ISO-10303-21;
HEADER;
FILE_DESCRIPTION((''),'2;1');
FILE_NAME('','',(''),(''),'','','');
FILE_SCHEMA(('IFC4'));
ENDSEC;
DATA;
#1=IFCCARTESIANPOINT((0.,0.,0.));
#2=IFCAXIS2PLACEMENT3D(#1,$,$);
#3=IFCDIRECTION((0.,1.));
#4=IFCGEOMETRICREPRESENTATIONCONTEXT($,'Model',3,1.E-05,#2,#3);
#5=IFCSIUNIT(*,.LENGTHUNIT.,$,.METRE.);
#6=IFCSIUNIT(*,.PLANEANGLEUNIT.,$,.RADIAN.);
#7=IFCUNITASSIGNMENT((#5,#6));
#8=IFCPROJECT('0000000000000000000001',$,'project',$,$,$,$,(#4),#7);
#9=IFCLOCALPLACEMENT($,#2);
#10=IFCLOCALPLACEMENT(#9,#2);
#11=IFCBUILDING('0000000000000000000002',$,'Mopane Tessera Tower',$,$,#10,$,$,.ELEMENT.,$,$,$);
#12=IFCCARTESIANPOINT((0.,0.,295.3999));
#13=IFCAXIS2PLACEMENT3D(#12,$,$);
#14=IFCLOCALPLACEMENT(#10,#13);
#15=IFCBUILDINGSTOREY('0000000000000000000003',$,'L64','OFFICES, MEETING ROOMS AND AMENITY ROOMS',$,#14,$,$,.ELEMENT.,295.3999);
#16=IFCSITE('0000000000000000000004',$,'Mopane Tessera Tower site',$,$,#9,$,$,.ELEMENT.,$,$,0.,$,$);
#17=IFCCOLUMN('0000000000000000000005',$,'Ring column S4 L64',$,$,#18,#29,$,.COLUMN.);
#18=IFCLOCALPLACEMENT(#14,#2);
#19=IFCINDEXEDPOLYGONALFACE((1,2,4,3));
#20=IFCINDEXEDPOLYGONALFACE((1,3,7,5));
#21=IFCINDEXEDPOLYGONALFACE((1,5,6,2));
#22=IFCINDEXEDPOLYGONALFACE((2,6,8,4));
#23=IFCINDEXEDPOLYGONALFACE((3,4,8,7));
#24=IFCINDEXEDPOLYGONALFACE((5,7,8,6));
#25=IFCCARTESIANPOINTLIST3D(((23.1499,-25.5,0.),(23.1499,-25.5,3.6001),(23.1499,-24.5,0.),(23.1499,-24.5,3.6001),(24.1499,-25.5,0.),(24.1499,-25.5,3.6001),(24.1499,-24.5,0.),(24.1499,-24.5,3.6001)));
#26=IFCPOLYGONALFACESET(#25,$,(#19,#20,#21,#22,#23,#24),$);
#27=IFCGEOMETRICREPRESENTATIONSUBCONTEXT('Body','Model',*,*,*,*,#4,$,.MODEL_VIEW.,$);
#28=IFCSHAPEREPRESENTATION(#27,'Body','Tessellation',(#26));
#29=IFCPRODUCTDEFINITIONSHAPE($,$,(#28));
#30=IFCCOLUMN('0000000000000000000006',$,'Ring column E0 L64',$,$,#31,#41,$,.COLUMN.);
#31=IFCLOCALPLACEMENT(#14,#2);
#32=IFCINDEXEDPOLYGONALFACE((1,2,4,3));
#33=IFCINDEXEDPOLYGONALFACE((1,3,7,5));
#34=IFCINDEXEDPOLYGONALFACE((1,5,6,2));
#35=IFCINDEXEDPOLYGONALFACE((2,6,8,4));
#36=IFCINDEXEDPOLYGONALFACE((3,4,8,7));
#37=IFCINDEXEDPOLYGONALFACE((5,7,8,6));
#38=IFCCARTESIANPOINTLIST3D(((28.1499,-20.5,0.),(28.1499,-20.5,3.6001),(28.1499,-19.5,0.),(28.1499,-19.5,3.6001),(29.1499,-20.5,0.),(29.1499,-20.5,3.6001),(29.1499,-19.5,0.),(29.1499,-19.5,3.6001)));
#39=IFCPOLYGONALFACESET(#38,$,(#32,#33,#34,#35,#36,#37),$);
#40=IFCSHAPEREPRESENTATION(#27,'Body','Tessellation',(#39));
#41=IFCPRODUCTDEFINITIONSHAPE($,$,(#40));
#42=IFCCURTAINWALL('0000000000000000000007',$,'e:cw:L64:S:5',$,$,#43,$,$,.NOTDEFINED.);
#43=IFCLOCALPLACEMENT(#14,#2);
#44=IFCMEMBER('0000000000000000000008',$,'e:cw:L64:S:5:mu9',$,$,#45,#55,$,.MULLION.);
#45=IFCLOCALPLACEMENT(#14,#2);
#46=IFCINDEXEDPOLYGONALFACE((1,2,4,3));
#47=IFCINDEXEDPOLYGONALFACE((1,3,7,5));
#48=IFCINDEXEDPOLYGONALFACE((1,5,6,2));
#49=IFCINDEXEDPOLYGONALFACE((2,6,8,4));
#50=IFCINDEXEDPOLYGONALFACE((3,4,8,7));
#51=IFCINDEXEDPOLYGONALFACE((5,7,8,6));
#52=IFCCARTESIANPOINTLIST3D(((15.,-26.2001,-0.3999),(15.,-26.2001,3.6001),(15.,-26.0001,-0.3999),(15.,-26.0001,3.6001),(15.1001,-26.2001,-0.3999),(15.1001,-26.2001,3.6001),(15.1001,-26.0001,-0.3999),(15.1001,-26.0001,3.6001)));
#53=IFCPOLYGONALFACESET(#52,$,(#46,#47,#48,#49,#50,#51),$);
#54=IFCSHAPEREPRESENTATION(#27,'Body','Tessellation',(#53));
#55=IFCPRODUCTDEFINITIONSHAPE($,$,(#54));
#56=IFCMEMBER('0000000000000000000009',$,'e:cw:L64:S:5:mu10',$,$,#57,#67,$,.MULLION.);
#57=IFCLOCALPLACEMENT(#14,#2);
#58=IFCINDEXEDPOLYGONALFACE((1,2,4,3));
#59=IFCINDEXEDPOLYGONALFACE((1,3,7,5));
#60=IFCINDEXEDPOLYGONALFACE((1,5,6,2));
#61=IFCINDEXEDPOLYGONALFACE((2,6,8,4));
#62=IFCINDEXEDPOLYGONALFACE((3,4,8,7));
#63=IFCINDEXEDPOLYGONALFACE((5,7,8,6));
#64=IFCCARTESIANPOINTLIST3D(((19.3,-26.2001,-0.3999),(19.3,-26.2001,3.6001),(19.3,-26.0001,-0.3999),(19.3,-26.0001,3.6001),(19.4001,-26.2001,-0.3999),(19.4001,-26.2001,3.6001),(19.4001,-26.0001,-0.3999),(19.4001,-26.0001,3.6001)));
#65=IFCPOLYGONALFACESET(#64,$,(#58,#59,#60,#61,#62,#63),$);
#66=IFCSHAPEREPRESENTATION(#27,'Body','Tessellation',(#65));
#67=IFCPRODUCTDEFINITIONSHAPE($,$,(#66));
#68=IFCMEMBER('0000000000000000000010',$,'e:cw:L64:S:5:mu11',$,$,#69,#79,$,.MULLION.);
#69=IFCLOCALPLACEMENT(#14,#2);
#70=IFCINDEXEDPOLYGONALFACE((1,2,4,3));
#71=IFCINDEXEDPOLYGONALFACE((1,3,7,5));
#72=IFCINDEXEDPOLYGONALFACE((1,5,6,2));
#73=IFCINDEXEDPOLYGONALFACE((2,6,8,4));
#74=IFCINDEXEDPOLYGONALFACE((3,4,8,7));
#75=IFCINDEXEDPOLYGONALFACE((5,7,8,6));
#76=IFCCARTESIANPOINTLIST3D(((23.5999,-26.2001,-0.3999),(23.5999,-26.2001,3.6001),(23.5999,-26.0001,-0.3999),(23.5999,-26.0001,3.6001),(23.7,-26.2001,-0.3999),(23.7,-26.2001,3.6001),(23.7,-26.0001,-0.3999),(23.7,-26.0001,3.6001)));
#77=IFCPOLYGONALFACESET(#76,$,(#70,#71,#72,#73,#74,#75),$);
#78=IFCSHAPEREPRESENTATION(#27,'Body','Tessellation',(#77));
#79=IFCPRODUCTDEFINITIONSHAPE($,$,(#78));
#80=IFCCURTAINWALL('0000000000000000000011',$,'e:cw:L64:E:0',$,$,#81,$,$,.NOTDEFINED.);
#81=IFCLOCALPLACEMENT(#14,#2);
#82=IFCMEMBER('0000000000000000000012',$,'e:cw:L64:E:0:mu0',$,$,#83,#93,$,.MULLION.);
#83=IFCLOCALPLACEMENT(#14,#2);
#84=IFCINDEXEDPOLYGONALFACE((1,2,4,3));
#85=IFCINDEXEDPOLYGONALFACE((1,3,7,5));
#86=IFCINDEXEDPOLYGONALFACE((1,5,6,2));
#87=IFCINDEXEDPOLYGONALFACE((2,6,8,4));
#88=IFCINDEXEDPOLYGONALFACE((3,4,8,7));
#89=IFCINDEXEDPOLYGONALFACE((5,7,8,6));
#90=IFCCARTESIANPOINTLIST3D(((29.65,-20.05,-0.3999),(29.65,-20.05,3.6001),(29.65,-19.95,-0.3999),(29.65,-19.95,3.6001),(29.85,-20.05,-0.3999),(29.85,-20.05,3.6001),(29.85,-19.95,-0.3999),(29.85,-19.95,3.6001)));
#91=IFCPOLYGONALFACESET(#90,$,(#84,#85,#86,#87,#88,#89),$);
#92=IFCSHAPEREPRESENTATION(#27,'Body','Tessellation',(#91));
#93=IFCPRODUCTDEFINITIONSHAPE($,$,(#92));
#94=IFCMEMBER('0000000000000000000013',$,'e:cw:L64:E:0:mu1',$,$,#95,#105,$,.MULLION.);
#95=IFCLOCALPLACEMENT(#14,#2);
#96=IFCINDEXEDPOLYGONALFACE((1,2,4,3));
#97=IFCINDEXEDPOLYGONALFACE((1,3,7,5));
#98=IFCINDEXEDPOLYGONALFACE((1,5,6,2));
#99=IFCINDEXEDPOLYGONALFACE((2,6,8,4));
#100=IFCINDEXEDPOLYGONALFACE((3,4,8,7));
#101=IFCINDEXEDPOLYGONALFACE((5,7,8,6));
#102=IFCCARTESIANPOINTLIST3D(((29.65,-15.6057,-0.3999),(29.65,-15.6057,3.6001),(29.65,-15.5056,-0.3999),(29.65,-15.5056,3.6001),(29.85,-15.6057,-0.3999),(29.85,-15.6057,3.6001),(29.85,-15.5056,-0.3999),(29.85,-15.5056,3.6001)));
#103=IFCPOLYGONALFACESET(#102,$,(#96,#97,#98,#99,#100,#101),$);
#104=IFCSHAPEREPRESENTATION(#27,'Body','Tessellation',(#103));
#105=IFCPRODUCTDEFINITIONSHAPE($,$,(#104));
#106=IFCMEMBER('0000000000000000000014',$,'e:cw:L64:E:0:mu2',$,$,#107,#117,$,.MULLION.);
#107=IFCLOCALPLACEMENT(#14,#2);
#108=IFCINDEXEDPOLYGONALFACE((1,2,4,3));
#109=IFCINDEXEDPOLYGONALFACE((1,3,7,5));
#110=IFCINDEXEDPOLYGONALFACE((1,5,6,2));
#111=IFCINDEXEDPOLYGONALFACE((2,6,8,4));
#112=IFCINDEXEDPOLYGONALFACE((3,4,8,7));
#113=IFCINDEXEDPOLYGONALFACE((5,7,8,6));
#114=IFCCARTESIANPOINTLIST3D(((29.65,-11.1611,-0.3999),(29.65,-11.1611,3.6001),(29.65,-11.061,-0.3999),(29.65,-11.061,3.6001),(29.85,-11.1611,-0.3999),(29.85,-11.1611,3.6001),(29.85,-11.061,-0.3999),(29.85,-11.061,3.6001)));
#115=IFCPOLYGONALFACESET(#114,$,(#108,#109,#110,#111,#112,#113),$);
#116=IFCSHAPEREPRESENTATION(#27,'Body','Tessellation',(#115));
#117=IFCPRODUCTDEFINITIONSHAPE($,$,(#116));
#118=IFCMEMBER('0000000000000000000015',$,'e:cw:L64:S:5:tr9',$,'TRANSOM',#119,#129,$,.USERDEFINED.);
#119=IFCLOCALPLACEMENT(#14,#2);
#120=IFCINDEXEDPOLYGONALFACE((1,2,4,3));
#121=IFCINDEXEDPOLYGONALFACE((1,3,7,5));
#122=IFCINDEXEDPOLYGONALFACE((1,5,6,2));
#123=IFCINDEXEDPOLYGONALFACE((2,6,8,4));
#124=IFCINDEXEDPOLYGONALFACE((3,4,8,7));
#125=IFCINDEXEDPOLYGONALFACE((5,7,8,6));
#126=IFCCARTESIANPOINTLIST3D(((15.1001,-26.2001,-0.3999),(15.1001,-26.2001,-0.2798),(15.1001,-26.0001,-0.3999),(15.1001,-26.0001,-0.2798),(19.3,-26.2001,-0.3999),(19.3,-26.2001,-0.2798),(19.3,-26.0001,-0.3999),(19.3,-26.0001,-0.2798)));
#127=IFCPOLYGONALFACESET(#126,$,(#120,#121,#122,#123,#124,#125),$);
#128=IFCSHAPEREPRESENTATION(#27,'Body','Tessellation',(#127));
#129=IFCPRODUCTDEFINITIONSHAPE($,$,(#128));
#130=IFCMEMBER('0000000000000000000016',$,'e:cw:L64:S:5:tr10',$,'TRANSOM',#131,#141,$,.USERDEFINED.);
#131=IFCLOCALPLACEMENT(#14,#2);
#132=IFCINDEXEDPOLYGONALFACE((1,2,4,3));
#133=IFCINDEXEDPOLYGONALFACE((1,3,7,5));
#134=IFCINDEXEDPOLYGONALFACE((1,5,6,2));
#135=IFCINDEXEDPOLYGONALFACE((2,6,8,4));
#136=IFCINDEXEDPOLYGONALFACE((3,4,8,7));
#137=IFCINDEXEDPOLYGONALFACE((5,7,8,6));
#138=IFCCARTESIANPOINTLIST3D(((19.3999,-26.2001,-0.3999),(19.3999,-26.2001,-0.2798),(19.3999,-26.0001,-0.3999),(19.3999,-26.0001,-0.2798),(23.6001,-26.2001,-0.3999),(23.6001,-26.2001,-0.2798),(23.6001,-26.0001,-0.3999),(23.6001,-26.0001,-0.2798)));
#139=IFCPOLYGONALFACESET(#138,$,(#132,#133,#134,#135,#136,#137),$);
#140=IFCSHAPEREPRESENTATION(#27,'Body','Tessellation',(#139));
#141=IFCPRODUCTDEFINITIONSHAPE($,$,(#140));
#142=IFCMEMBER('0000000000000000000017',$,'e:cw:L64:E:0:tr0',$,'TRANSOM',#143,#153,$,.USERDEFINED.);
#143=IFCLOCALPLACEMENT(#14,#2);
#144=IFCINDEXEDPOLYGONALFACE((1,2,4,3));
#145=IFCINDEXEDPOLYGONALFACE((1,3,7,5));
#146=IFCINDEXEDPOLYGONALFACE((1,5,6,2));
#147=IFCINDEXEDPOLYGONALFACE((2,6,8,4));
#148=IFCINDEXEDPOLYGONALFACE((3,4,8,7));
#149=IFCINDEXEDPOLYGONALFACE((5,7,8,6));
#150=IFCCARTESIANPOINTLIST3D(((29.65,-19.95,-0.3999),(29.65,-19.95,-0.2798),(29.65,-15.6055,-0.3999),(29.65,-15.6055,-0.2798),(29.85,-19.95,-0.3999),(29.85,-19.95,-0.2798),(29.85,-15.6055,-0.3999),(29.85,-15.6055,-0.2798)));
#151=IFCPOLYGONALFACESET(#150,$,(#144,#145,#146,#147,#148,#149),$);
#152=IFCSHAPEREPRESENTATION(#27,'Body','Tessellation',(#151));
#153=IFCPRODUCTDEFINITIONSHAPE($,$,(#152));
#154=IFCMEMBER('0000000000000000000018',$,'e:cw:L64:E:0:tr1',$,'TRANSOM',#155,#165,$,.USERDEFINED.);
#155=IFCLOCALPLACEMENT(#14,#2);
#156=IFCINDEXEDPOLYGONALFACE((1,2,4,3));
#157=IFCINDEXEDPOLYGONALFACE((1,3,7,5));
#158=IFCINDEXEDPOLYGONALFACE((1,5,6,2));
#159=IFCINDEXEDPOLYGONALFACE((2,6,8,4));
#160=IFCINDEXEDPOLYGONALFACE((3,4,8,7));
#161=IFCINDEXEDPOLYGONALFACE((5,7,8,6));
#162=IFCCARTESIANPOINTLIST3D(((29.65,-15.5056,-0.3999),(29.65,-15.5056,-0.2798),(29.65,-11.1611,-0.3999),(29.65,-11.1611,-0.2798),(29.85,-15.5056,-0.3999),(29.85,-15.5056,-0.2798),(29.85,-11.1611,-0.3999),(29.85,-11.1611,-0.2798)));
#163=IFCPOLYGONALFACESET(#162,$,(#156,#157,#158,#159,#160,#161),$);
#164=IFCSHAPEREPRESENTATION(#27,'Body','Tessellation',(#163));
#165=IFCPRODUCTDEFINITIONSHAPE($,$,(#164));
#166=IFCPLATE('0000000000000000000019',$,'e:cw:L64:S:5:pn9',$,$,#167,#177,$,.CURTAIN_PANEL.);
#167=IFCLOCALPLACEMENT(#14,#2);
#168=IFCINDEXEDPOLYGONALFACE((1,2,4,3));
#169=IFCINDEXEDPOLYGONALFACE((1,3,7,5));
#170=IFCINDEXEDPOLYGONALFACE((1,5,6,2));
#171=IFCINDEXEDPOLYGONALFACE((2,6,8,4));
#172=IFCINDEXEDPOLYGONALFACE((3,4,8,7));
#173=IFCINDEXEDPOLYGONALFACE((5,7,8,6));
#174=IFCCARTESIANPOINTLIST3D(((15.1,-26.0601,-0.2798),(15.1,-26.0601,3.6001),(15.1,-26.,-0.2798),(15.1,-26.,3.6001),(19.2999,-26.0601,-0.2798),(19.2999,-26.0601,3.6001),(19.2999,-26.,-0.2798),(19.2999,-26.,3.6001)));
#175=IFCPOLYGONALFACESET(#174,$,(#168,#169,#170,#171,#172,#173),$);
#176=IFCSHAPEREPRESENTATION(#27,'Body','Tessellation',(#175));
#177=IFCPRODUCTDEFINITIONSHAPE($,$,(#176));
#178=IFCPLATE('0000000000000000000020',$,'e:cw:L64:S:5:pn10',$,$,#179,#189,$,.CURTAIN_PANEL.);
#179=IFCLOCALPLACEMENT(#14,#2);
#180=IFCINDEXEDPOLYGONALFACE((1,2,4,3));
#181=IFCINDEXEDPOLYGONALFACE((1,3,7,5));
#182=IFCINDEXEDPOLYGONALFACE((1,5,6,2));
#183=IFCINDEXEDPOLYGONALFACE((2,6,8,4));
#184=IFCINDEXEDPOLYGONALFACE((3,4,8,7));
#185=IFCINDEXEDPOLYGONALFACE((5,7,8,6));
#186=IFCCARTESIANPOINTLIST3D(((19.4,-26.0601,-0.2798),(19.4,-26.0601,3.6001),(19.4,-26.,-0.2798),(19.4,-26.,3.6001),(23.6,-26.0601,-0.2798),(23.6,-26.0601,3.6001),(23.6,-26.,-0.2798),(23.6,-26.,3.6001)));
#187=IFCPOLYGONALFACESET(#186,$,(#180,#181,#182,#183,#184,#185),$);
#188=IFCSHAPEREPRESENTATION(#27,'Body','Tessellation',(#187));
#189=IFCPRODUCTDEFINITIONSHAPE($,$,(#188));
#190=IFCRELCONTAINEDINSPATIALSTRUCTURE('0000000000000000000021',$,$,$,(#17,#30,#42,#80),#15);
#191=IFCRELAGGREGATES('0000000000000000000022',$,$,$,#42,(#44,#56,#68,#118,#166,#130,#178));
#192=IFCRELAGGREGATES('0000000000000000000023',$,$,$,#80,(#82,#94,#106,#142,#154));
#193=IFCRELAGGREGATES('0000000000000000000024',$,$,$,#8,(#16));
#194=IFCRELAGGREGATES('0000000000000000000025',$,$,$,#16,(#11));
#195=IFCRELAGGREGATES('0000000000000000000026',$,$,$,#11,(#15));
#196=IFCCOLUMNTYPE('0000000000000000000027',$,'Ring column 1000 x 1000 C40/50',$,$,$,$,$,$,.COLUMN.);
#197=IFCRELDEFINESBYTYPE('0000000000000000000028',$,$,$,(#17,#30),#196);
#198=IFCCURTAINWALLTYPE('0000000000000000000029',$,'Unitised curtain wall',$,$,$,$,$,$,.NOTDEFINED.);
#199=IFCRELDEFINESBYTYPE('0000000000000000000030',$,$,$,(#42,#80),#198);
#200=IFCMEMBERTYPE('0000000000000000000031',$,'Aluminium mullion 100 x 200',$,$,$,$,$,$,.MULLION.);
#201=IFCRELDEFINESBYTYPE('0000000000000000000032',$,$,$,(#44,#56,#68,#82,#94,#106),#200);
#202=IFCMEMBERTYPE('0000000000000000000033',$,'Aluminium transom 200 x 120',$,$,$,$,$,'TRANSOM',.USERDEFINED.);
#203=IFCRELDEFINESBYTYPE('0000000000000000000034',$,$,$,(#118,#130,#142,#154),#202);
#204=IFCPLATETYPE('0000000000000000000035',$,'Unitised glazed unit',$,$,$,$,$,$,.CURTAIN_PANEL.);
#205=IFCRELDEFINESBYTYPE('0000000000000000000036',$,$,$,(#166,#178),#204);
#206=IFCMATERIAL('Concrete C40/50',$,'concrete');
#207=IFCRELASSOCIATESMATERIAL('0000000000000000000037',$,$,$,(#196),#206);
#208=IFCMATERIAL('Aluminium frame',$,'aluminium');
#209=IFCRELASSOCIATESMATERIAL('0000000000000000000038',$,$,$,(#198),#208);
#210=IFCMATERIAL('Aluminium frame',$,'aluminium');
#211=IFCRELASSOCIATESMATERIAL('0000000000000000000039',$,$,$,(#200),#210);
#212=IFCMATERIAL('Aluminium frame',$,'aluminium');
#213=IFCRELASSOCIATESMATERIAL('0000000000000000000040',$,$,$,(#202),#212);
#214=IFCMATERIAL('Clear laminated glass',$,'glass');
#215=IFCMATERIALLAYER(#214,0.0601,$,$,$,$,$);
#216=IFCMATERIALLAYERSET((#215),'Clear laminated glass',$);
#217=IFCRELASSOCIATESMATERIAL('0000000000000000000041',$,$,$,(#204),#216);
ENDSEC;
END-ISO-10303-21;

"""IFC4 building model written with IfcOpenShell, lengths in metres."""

from ifc_helpers import new_model, si_unit, direction, frame, origin, origin_2d, place, context, subcontext, project, spatial, rectangle, extrude, material, layer, layer_set, material_profile, profile_set, type_object, element, aggregate, save


model = new_model("IFC4")

# Units and contexts
model_context = context("Model", 3, precision=1e-05, world=origin(), true_north=direction((0.0, 1.0)))
body_context = subcontext(model_context, "Body", "Model", "MODEL_VIEW")
ifc_project = project(units=[si_unit("LENGTHUNIT", "METRE"), si_unit("PLANEANGLEUNIT", "RADIAN")], contexts=[model_context])

# Site, building, storey
site_placement = place(None, origin())
site = spatial("IfcSite", under=ifc_project, at=site_placement, Name="Mopane Tessera Tower site", CompositionType="ELEMENT", RefElevation=0.0)
building_placement = place(site_placement, origin())
building = spatial("IfcBuilding", under=site, at=building_placement, Name="Mopane Tessera Tower", CompositionType="ELEMENT")
storey_placement = place(building_placement, frame((0.0, 0.0, 295.3999)))
storey = spatial("IfcBuildingStorey", under=building, at=storey_placement, Name="L64", Description="OFFICES, MEETING ROOMS AND AMENITY ROOMS", CompositionType="ELEMENT", Elevation=295.3999)

# Columns
ifc_material_1 = material(Name="Concrete C40/50", Category="concrete")
ifc_material_profile_1 = material_profile(ifc_material_1, rectangle(XDim=1.0, YDim=1.0, at=origin_2d()))
ifc_profile_set_1 = profile_set([ifc_material_profile_1], Name="Concrete C40/50")
column_type = type_object("IfcColumnType", Name="Ring column 1000 x 1000 C40/50", PredefinedType="COLUMN", material=ifc_profile_set_1)
for number, where, z_axis, x_axis, name in (
    (1, (23.6499, -25.0, 0.0), (0.0, 0.0, 1.0), (1.0, 0.0, 0.0), "Ring column S4 L64"),
    (2, (28.6499, -20.0, 0.0), (0.0, 0.0, 1.0), (1.0, 0.0, 0.0), "Ring column E0 L64"),
):
    element("IfcColumn", number, at=place(storey_placement, frame(where, z_axis=z_axis, x_axis=x_axis)), inside=storey, type_object=column_type, Name=name, PredefinedType="COLUMN", context=body_context, shape_type="SweptSolid", body=[
        extrude(rectangle(XDim=1.0, YDim=1.0, at=origin_2d()), origin(), (0.0, 0.0, 1.0), 3.6001),
    ])

# Curtain walls, members
ifc_material_2 = material(Name="Aluminium frame", Category="aluminium")
curtain_wall_type = type_object("IfcCurtainWallType", Name="Unitised curtain wall", PredefinedType="NOTDEFINED", material=ifc_material_2)
curtain_wall_1_placement = place(storey_placement, origin())
curtain_wall_1 = element("IfcCurtainWall", 3, at=curtain_wall_1_placement, inside=storey, type_object=curtain_wall_type, Name="e:cw:L64:S:5", PredefinedType="NOTDEFINED")
ifc_material_3 = material(Name="Aluminium frame", Category="aluminium")
ifc_material_profile_2 = material_profile(ifc_material_3, rectangle(XDim=0.1001, YDim=0.2, at=origin_2d()))
ifc_profile_set_2 = profile_set([ifc_material_profile_2], Name="Aluminium frame")
member_type_1 = type_object("IfcMemberType", Name="Aluminium mullion 100 x 200", PredefinedType="MULLION", material=ifc_profile_set_2)
member_1_placement = place(storey_placement, frame((15.05, -26.1001, -0.3999), z_axis=(0.0, 0.0, 1.0), x_axis=(1.0, 0.0, 0.0)))
member_1 = element("IfcMember", 4, at=member_1_placement, type_object=member_type_1, Name="e:cw:L64:S:5:mu9", PredefinedType="MULLION", context=body_context, shape_type="SweptSolid", body=[
    extrude(rectangle(XDim=0.1001, YDim=0.2, at=origin_2d()), origin(), (0.0, 0.0, 1.0), 4.0),
])
member_2_placement = place(storey_placement, frame((19.3501, -26.1001, -0.3999), z_axis=(0.0, 0.0, 1.0), x_axis=(1.0, 0.0, 0.0)))
member_2 = element("IfcMember", 5, at=member_2_placement, type_object=member_type_1, Name="e:cw:L64:S:5:mu10", PredefinedType="MULLION", context=body_context, shape_type="SweptSolid", body=[
    extrude(rectangle(XDim=0.1001, YDim=0.2, at=origin_2d()), origin(), (0.0, 0.0, 1.0), 4.0),
])
member_3_placement = place(storey_placement, frame((23.6499, -26.1001, -0.3999), z_axis=(0.0, 0.0, 1.0), x_axis=(1.0, 0.0, 0.0)))
member_3 = element("IfcMember", 6, at=member_3_placement, type_object=member_type_1, Name="e:cw:L64:S:5:mu11", PredefinedType="MULLION", context=body_context, shape_type="SweptSolid", body=[
    extrude(rectangle(XDim=0.1001, YDim=0.2, at=origin_2d()), origin(), (0.0, 0.0, 1.0), 4.0),
])
curtain_wall_2_placement = place(storey_placement, origin())
curtain_wall_2 = element("IfcCurtainWall", 7, at=curtain_wall_2_placement, inside=storey, type_object=curtain_wall_type, Name="e:cw:L64:E:0", PredefinedType="NOTDEFINED")
member_4_placement = place(storey_placement, frame((29.75, -20.0, -0.3999), z_axis=(0.0, 0.0, 1.0), x_axis=(0.0, 1.0, 0.0)))
member_4 = element("IfcMember", 8, at=member_4_placement, type_object=member_type_1, Name="e:cw:L64:E:0:mu0", PredefinedType="MULLION", context=body_context, shape_type="SweptSolid", body=[
    extrude(rectangle(XDim=0.1001, YDim=0.2, at=origin_2d()), origin(), (0.0, 0.0, 1.0), 4.0),
])
member_5_placement = place(storey_placement, frame((29.75, -15.5557, -0.3999), z_axis=(0.0, 0.0, 1.0), x_axis=(0.0, 1.0, 0.0)))
member_5 = element("IfcMember", 9, at=member_5_placement, type_object=member_type_1, Name="e:cw:L64:E:0:mu1", PredefinedType="MULLION", context=body_context, shape_type="SweptSolid", body=[
    extrude(rectangle(XDim=0.1001, YDim=0.2, at=origin_2d()), origin(), (0.0, 0.0, 1.0), 4.0),
])
member_6_placement = place(storey_placement, frame((29.75, -11.1111, -0.3999), z_axis=(0.0, 0.0, 1.0), x_axis=(0.0, 1.0, 0.0)))
member_6 = element("IfcMember", 10, at=member_6_placement, type_object=member_type_1, Name="e:cw:L64:E:0:mu2", PredefinedType="MULLION", context=body_context, shape_type="SweptSolid", body=[
    extrude(rectangle(XDim=0.1001, YDim=0.2, at=origin_2d()), origin(), (0.0, 0.0, 1.0), 4.0),
])

# Members
ifc_material_4 = material(Name="Aluminium frame", Category="aluminium")
ifc_material_profile_3 = material_profile(ifc_material_4, rectangle(XDim=0.2, YDim=0.1201, at=origin_2d()))
ifc_profile_set_3 = profile_set([ifc_material_profile_3], Name="Aluminium frame")
member_type_2 = type_object("IfcMemberType", Name="Aluminium transom 200 x 120", ElementType="TRANSOM", PredefinedType="USERDEFINED", material=ifc_profile_set_3)
member_7_placement = place(storey_placement, frame((15.1001, -26.1001, -0.3398), z_axis=(1.0, 0.0, 0.0), x_axis=(0.0, 1.0, 0.0)))
member_7 = element("IfcMember", 11, at=member_7_placement, type_object=member_type_2, Name="e:cw:L64:S:5:tr9", ObjectType="TRANSOM", PredefinedType="USERDEFINED", context=body_context, shape_type="SweptSolid", body=[
    extrude(rectangle(XDim=0.2, YDim=0.1201, at=origin_2d()), origin(), (0.0, 0.0, 1.0), 4.2),
])
member_8_placement = place(storey_placement, frame((19.3999, -26.1001, -0.3398), z_axis=(1.0, 0.0, 0.0), x_axis=(0.0, 1.0, 0.0)))
member_8 = element("IfcMember", 12, at=member_8_placement, type_object=member_type_2, Name="e:cw:L64:S:5:tr10", ObjectType="TRANSOM", PredefinedType="USERDEFINED", context=body_context, shape_type="SweptSolid", body=[
    extrude(rectangle(XDim=0.2, YDim=0.1201, at=origin_2d()), origin(), (0.0, 0.0, 1.0), 4.2002),
])
member_9_placement = place(storey_placement, frame((29.75, -19.95, -0.3398), z_axis=(0.0, 1.0, 0.0), x_axis=(-1.0, 0.0, 0.0)))
member_9 = element("IfcMember", 13, at=member_9_placement, type_object=member_type_2, Name="e:cw:L64:E:0:tr0", ObjectType="TRANSOM", PredefinedType="USERDEFINED", context=body_context, shape_type="SweptSolid", body=[
    extrude(rectangle(XDim=0.2, YDim=0.1201, at=origin_2d()), origin(), (0.0, 0.0, 1.0), 4.3445),
])
member_10_placement = place(storey_placement, frame((29.75, -15.5056, -0.3398), z_axis=(0.0, 1.0, 0.0), x_axis=(-1.0, 0.0, 0.0)))
member_10 = element("IfcMember", 14, at=member_10_placement, type_object=member_type_2, Name="e:cw:L64:E:0:tr1", ObjectType="TRANSOM", PredefinedType="USERDEFINED", context=body_context, shape_type="SweptSolid", body=[
    extrude(rectangle(XDim=0.2, YDim=0.1201, at=origin_2d()), origin(), (0.0, 0.0, 1.0), 4.3445),
])

# Plates
ifc_material_5 = material(Name="Clear laminated glass", Category="glass")
ifc_layer = layer(ifc_material_5, 0.0601)
ifc_layer_set = layer_set([ifc_layer], Name="Clear laminated glass")
plate_type = type_object("IfcPlateType", Name="Unitised glazed unit", PredefinedType="CURTAIN_PANEL", material=ifc_layer_set)
plate_1_placement = place(storey_placement, frame((17.2, -26.03, -0.2798), z_axis=(0.0, 0.0, 1.0), x_axis=(1.0, 0.0, 0.0)))
plate_1 = element("IfcPlate", 15, at=plate_1_placement, type_object=plate_type, Name="e:cw:L64:S:5:pn9", PredefinedType="CURTAIN_PANEL", context=body_context, shape_type="SweptSolid", body=[
    extrude(rectangle(XDim=4.2, YDim=0.0601, at=origin_2d()), origin(), (0.0, 0.0, 1.0), 3.8799),
])
plate_2_placement = place(storey_placement, frame((21.5, -26.03, -0.2798), z_axis=(0.0, 0.0, 1.0), x_axis=(1.0, 0.0, 0.0)))
plate_2 = element("IfcPlate", 16, at=plate_2_placement, type_object=plate_type, Name="e:cw:L64:S:5:pn10", PredefinedType="CURTAIN_PANEL", context=body_context, shape_type="SweptSolid", body=[
    extrude(rectangle(XDim=4.2, YDim=0.0601, at=origin_2d()), origin(), (0.0, 0.0, 1.0), 3.8799),
])
aggregate(curtain_wall_1, [member_1, member_2, member_3, member_7, plate_1, member_8, plate_2])
aggregate(curtain_wall_2, [member_4, member_5, member_6, member_9, member_10])

save(model, "model.ifc")
